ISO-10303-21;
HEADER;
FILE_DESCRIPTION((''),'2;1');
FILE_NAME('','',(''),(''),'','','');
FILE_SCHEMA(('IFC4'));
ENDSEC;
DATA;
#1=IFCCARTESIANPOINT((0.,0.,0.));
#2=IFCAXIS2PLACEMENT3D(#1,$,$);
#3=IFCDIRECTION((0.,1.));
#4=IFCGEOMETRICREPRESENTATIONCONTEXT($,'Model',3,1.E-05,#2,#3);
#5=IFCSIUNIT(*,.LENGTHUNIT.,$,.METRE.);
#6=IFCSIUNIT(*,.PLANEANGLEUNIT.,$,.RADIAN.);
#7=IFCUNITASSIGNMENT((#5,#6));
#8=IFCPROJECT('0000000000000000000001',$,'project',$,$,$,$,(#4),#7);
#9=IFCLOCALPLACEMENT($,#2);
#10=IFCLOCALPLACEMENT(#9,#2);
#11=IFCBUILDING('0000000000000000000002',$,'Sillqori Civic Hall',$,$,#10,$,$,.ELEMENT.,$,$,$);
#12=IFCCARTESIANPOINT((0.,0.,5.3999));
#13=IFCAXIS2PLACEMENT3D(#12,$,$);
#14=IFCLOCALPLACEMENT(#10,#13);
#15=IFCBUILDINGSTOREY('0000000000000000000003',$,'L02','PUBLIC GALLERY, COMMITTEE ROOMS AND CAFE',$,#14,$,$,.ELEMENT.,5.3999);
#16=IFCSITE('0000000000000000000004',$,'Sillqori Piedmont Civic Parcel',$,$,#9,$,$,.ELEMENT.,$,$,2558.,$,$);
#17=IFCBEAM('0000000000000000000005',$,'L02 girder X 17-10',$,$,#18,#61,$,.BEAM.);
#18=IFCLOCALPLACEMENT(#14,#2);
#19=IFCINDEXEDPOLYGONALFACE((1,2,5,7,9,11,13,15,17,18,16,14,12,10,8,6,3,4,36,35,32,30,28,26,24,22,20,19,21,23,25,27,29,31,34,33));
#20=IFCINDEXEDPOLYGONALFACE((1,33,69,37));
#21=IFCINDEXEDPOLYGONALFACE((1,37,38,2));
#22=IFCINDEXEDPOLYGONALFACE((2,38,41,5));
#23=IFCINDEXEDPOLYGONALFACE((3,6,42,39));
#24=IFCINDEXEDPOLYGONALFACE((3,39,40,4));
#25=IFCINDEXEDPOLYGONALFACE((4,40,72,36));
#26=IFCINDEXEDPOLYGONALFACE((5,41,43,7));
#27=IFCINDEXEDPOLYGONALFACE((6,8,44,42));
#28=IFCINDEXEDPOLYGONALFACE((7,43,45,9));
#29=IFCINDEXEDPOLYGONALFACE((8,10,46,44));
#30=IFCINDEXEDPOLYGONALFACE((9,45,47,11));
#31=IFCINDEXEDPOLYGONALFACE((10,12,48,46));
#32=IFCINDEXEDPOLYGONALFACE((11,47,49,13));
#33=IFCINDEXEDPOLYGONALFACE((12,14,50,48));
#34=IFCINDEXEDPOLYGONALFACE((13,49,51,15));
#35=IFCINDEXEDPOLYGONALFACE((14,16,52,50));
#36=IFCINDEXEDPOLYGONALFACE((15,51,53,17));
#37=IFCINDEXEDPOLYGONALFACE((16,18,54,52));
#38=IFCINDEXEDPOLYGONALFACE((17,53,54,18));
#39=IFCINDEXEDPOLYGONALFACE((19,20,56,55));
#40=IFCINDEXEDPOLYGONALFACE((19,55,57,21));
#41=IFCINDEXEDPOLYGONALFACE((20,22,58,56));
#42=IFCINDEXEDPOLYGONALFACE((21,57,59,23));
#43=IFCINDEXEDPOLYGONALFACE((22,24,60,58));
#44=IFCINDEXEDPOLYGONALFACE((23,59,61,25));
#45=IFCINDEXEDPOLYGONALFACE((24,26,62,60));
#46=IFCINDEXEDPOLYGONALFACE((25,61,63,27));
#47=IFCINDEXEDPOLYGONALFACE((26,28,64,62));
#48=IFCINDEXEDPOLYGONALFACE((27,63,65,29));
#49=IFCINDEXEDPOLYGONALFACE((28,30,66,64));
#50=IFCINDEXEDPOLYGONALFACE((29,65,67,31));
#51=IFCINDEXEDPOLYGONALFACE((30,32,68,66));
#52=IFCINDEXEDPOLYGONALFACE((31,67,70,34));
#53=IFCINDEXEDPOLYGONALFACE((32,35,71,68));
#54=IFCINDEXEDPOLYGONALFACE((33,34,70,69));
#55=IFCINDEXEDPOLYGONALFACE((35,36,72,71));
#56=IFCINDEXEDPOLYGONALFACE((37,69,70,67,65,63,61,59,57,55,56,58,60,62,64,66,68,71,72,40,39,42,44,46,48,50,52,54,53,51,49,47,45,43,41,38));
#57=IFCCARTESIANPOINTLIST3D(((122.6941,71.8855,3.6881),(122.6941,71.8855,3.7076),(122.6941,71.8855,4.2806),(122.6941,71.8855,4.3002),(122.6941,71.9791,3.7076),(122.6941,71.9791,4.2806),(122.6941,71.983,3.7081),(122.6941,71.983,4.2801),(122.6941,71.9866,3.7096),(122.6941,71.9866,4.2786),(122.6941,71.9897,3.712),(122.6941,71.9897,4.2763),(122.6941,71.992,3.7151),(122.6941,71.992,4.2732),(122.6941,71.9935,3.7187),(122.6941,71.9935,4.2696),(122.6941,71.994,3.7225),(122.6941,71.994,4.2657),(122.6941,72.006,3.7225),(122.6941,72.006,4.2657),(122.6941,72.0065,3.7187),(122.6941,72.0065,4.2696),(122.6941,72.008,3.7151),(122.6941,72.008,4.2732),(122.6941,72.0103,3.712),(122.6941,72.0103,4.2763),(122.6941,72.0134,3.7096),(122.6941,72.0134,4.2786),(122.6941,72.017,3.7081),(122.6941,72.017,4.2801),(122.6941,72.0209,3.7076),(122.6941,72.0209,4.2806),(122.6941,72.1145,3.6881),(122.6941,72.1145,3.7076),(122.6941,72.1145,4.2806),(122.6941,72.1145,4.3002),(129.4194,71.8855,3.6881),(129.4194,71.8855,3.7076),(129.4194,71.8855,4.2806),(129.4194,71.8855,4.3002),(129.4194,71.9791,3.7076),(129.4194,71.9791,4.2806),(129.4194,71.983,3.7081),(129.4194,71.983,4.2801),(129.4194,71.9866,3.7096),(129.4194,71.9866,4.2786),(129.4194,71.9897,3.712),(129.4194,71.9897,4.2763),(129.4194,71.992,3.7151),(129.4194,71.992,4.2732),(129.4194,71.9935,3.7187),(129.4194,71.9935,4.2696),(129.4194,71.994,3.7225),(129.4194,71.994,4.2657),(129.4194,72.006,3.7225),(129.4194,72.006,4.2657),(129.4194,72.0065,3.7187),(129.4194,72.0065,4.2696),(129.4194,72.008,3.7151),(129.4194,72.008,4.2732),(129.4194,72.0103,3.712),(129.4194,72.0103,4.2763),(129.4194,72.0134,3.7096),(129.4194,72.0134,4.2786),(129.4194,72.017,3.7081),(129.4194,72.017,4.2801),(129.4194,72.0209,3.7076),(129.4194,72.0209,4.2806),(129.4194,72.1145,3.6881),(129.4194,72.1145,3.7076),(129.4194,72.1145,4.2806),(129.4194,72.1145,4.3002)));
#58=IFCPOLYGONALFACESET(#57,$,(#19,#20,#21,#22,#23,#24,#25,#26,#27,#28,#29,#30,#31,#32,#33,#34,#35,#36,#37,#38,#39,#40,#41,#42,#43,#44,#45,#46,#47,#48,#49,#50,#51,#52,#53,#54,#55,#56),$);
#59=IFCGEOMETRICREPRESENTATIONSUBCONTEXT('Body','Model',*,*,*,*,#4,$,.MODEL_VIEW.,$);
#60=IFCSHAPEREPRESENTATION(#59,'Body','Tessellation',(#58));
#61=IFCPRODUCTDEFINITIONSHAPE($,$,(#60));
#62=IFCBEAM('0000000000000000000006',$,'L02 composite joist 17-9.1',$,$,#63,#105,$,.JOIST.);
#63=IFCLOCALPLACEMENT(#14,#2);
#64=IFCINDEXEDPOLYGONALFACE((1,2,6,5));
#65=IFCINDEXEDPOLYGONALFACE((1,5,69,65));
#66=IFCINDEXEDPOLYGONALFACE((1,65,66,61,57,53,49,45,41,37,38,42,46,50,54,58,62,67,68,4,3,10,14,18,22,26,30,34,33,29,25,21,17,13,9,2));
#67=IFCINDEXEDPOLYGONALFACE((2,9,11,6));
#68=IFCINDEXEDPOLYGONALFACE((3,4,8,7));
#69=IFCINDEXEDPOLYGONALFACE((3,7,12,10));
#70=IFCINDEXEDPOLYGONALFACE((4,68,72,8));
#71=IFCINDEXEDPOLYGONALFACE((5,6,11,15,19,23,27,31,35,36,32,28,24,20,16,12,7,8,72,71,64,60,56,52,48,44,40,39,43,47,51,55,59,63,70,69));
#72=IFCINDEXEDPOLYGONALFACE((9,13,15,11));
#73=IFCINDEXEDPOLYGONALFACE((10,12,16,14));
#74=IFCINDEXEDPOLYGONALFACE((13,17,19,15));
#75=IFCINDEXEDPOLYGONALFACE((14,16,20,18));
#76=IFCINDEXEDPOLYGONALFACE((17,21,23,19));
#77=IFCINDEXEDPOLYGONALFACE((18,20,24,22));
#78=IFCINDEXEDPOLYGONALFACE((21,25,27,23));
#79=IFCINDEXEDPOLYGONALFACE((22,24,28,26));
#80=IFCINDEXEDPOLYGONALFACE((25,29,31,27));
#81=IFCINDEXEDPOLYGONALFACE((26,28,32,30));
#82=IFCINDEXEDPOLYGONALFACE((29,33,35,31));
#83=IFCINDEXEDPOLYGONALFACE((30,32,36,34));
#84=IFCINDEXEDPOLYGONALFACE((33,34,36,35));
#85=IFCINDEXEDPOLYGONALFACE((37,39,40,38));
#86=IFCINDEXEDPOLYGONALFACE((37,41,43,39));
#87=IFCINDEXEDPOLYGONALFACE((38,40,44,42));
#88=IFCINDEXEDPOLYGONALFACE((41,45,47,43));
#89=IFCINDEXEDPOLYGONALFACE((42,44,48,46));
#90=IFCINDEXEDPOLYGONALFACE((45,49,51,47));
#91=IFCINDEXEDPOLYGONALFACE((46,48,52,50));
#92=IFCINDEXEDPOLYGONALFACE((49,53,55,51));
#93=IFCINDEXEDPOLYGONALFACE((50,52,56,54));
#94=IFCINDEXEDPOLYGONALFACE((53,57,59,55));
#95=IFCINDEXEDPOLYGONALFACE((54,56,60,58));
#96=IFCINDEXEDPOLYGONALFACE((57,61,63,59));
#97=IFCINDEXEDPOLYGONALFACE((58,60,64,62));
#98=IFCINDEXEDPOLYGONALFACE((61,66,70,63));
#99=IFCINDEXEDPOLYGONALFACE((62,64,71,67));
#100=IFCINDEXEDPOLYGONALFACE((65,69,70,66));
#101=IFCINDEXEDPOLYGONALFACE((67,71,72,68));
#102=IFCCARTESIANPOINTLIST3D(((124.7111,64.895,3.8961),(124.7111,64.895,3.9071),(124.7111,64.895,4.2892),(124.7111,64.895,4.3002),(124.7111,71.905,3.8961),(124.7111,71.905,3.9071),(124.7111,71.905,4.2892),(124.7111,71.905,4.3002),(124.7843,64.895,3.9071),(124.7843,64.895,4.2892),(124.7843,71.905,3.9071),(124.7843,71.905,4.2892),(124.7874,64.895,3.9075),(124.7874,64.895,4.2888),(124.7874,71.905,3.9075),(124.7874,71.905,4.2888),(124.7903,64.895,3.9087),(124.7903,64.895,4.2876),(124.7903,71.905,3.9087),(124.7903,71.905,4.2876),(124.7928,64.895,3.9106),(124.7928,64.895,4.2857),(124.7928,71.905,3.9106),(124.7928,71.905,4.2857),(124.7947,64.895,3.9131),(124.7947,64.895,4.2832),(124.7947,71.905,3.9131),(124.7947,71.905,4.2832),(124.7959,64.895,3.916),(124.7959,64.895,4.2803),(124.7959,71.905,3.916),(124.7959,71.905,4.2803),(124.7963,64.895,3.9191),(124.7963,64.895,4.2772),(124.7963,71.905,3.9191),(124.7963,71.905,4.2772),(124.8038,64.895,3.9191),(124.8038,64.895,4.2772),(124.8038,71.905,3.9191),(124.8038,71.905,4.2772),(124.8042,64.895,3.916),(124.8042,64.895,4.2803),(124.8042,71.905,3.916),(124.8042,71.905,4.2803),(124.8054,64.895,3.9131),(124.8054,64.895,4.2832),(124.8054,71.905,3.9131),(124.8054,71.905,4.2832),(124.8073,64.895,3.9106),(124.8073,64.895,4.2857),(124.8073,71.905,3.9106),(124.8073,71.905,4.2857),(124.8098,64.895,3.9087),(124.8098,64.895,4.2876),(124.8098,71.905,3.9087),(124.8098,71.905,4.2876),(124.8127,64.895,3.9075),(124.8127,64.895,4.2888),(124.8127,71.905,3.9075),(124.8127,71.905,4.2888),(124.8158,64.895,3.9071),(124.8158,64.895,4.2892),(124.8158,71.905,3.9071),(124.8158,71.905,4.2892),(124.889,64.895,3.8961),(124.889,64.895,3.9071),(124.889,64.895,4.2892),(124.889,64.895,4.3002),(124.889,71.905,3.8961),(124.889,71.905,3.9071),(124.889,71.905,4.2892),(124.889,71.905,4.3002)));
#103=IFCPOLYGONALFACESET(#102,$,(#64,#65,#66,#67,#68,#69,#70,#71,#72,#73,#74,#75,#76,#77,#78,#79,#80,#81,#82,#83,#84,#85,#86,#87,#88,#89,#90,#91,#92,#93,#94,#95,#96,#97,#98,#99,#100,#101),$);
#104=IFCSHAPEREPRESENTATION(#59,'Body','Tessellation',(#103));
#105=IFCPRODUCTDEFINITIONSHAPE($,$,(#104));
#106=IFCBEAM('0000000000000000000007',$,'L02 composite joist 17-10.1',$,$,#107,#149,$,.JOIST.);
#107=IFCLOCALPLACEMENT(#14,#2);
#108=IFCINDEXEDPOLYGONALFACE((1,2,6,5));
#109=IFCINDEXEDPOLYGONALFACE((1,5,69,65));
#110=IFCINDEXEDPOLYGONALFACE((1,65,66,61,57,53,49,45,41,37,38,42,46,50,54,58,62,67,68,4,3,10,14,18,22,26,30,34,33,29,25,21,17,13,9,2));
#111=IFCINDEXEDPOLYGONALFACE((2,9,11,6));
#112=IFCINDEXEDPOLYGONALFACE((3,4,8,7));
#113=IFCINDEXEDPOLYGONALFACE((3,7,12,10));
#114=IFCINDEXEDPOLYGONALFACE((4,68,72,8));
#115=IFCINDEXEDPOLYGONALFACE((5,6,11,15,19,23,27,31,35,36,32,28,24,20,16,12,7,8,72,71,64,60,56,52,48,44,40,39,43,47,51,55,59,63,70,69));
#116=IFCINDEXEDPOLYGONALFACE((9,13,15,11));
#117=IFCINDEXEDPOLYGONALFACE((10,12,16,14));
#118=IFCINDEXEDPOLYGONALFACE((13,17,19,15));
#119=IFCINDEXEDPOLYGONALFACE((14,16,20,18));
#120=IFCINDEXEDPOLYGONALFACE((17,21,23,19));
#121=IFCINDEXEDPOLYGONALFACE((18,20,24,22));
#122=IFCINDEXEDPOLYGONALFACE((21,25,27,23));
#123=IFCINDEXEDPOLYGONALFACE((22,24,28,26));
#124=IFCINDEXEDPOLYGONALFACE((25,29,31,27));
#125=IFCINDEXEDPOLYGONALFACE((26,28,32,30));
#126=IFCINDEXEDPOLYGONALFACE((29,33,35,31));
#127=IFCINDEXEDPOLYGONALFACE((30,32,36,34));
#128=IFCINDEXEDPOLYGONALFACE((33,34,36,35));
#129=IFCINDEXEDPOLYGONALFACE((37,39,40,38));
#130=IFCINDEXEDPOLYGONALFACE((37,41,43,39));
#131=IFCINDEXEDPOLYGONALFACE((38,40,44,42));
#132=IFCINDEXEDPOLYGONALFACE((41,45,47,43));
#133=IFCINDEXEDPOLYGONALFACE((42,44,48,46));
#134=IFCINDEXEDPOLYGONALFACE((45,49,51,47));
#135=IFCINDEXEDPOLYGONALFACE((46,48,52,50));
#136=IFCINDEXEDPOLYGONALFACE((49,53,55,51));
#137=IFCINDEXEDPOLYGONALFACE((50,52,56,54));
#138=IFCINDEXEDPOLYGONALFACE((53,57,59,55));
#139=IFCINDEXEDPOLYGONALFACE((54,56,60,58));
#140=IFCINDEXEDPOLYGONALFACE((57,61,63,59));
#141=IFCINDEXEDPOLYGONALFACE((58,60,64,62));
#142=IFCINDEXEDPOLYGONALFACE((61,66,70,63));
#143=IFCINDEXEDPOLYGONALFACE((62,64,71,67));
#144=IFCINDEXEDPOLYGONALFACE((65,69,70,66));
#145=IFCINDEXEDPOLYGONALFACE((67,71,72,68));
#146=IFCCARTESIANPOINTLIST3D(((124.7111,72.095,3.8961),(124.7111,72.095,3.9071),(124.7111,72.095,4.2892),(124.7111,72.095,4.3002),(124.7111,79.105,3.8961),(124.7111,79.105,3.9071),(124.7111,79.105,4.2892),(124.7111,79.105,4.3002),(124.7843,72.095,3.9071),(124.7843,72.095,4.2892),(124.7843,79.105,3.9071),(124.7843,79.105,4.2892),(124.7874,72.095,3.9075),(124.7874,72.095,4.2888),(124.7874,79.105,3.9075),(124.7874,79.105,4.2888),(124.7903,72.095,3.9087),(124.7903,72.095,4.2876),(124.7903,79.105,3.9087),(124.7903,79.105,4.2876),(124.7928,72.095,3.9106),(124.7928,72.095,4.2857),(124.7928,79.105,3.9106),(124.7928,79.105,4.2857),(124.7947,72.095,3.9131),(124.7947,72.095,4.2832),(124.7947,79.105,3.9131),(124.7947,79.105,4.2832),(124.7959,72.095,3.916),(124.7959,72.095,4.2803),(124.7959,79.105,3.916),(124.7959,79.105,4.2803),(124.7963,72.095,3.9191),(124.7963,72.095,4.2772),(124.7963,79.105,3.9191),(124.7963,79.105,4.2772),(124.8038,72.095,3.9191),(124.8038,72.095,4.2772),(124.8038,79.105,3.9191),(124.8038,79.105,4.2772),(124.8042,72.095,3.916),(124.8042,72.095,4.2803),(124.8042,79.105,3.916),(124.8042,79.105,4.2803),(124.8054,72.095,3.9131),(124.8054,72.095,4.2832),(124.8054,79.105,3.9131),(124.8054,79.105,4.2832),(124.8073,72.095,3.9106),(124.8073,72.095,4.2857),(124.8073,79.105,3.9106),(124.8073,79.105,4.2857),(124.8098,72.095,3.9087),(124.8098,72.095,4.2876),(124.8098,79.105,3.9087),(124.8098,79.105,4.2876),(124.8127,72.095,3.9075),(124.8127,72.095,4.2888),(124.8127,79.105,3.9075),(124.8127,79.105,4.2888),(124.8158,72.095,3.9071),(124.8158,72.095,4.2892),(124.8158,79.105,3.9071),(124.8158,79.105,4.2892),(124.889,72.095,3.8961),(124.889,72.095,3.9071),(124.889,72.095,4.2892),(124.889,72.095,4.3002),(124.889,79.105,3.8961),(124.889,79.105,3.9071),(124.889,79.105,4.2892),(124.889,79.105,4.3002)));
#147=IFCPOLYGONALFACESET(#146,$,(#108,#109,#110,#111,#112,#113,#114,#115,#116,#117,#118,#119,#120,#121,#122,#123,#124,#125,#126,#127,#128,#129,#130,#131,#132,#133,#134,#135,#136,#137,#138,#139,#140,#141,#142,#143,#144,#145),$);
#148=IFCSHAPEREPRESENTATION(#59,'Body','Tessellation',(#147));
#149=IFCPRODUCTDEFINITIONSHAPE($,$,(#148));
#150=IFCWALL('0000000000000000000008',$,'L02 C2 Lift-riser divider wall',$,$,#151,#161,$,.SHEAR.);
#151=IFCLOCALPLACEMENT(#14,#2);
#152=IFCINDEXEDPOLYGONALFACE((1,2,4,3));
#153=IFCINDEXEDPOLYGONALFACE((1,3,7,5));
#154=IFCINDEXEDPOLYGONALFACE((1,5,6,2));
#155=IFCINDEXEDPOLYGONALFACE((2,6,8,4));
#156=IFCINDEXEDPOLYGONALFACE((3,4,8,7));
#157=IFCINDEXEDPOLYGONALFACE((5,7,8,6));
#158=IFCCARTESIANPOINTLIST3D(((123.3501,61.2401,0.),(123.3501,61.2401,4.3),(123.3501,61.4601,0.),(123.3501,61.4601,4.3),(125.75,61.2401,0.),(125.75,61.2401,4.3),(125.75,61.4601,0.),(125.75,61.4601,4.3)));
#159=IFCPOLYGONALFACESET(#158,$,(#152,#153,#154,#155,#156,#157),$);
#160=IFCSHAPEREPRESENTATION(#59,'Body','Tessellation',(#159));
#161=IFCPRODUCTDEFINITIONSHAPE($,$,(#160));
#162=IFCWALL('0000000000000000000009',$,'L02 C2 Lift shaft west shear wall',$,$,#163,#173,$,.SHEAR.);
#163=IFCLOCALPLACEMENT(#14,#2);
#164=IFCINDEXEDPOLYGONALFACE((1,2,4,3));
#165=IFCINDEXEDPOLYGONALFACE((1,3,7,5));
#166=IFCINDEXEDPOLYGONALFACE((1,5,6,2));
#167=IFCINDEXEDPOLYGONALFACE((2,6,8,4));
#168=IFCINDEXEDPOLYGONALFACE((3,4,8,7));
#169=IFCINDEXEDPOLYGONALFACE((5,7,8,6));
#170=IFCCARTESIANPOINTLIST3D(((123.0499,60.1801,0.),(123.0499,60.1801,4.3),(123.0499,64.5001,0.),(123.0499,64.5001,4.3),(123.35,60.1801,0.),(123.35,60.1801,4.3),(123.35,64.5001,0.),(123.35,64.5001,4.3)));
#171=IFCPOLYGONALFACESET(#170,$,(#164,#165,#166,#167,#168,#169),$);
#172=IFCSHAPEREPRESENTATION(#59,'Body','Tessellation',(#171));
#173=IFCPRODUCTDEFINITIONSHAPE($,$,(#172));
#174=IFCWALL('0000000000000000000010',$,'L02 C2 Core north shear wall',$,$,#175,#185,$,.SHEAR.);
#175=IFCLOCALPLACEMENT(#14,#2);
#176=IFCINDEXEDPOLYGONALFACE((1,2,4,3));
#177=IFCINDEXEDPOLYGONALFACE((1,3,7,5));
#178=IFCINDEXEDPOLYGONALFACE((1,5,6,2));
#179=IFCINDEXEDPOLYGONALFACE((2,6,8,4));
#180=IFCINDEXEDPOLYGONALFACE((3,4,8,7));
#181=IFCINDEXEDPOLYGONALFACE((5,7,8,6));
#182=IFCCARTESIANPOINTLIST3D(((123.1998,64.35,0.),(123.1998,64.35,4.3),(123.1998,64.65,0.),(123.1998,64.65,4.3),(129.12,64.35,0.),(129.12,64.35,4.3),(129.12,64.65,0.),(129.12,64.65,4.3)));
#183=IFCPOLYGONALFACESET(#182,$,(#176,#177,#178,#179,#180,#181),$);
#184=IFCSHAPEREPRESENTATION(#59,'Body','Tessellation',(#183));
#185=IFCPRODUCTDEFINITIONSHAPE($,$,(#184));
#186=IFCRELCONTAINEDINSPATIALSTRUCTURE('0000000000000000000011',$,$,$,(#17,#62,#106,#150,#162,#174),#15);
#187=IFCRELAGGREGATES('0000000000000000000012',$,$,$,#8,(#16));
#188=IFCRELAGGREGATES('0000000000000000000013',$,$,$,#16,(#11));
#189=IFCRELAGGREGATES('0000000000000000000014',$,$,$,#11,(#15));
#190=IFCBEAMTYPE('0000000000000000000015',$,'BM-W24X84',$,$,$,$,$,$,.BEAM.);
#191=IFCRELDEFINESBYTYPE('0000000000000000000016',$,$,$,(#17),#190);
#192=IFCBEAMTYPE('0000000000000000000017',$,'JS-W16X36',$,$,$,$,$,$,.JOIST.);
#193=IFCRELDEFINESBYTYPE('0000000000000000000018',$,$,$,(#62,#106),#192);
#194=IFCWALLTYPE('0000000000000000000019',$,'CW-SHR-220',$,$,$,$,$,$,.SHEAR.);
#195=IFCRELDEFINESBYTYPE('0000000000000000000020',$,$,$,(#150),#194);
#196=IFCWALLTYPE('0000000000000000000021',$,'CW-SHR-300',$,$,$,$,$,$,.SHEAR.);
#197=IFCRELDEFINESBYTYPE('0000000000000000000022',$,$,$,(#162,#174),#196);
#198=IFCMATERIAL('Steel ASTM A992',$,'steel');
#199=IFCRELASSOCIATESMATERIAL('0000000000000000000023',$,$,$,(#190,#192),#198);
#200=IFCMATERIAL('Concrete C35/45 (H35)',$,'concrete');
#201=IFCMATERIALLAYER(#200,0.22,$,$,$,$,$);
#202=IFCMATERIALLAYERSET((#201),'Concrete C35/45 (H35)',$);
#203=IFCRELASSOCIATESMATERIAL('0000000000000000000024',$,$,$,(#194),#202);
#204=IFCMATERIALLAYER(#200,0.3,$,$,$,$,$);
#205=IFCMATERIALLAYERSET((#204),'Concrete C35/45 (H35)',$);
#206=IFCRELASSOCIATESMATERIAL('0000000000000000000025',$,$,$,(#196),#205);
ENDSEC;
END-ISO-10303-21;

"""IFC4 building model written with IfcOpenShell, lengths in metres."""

from ifc_helpers import new_model, si_unit, direction, frame, frame_2d, origin, origin_2d, place, context, subcontext, project, spatial, rectangle, i_section, extrude, material, layer, layer_set, material_profile, profile_set, type_object, element, save


model = new_model("IFC4")

# Units and contexts
model_context = context("Model", 3, precision=1e-05, world=origin(), true_north=direction((0.0, 1.0)))
body_context = subcontext(model_context, "Body", "Model", "MODEL_VIEW")
ifc_project = project(units=[si_unit("LENGTHUNIT", "METRE"), si_unit("PLANEANGLEUNIT", "RADIAN")], contexts=[model_context])

# Site, building, storey
site_placement = place(None, origin())
site = spatial("IfcSite", under=ifc_project, at=site_placement, Name="Sillqori Piedmont Civic Parcel", CompositionType="ELEMENT", RefElevation=2558.0)
building_placement = place(site_placement, origin())
building = spatial("IfcBuilding", under=site, at=building_placement, Name="Sillqori Civic Hall", CompositionType="ELEMENT")
storey_placement = place(building_placement, frame((0.0, 0.0, 5.3999)))
storey = spatial("IfcBuildingStorey", under=building, at=storey_placement, Name="L02", Description="PUBLIC GALLERY, COMMITTEE ROOMS AND CAFE", CompositionType="ELEMENT", Elevation=5.3999)

# Shared definitions
ifc_material_1 = material(Name="Concrete C35/45 (H35)", Category="concrete")

# Beams
ifc_material_2 = material(Name="Steel ASTM A992", Category="steel")
ifc_material_profile_1 = material_profile(ifc_material_2, i_section(OverallWidth=0.229, OverallDepth=0.6121, WebThickness=0.012, FlangeThickness=0.0195, FilletRadius=0.0149, at=origin_2d()), Name="W24X84")
ifc_profile_set_1 = profile_set([ifc_material_profile_1], Name="Steel ASTM A992")
beam_type_1 = type_object("IfcBeamType", Name="BM-W24X84", PredefinedType="BEAM", material=ifc_profile_set_1)
for number, where, z_axis, x_axis, name in (
    (1, (122.6941, 72.0, 3.9941), (1.0, 0.0, 0.0), (0.0, 1.0, 0.0), "L02 girder X 17-10"),
):
    element("IfcBeam", number, at=place(storey_placement, frame(where, z_axis=z_axis, x_axis=x_axis)), inside=storey, type_object=beam_type_1, Name=name, PredefinedType="BEAM", context=body_context, shape_type="SweptSolid", body=[
        extrude(i_section(OverallWidth=0.229, OverallDepth=0.6121, WebThickness=0.012, FlangeThickness=0.0195, FilletRadius=0.0149, at=origin_2d()), origin(), (0.0, 0.0, 1.0), 6.7253),
    ])
ifc_material_profile_2 = material_profile(ifc_material_2, i_section(OverallWidth=0.178, OverallDepth=0.4041, WebThickness=0.0076, FlangeThickness=0.011, FilletRadius=0.012, at=origin_2d()), Name="W16X36")
ifc_profile_set_2 = profile_set([ifc_material_profile_2], Name="Steel ASTM A992")
beam_type_2 = type_object("IfcBeamType", Name="JS-W16X36", PredefinedType="JOIST", material=ifc_profile_set_2)
for number, where, z_axis, x_axis, name in (
    (2, (124.8, 64.895, 4.0981), (0.0, 1.0, 0.0), (-1.0, 0.0, 0.0), "L02 composite joist 17-9.1"),
    (3, (124.8, 72.095, 4.0981), (0.0, 1.0, 0.0), (-1.0, 0.0, 0.0), "L02 composite joist 17-10.1"),
):
    element("IfcBeam", number, at=place(storey_placement, frame(where, z_axis=z_axis, x_axis=x_axis)), inside=storey, type_object=beam_type_2, Name=name, PredefinedType="JOIST", context=body_context, shape_type="SweptSolid", body=[
        extrude(i_section(OverallWidth=0.178, OverallDepth=0.4041, WebThickness=0.0076, FlangeThickness=0.011, FilletRadius=0.012, at=origin_2d()), origin(), (0.0, 0.0, 1.0), 7.01),
    ])

# Wall
ifc_layer_1 = layer(ifc_material_1, 0.22)
ifc_layer_set_1 = layer_set([ifc_layer_1], Name="Concrete C35/45 (H35)")
wall_type_1 = type_object("IfcWallType", Name="CW-SHR-220", PredefinedType="SHEAR", material=ifc_layer_set_1)
wall_1_placement = place(storey_placement, frame((123.3501, 61.3501, 0.0), z_axis=(0.0, 0.0, 1.0), x_axis=(1.0, 0.0, 0.0)))
element("IfcWall", 4, at=wall_1_placement, inside=storey, type_object=wall_type_1, Name="L02 C2 Lift-riser divider wall", PredefinedType="SHEAR", context=body_context, shape_type="SweptSolid", body=[
    extrude(rectangle(XDim=2.3999, YDim=0.22, at=frame_2d((1.2, 0.0))), origin(), (0.0, 0.0, 1.0), 4.3),
])

# Walls
ifc_layer_2 = layer(ifc_material_1, 0.3)
ifc_layer_set_2 = layer_set([ifc_layer_2], Name="Concrete C35/45 (H35)")
wall_type_2 = type_object("IfcWallType", Name="CW-SHR-300", PredefinedType="SHEAR", material=ifc_layer_set_2)
wall_2_placement = place(storey_placement, frame((123.2, 60.1799, 0.0), z_axis=(0.0, 0.0, 1.0), x_axis=(0.0, 1.0, 0.0)))
element("IfcWall", 5, at=wall_2_placement, inside=storey, type_object=wall_type_2, Name="L02 C2 Lift shaft west shear wall", PredefinedType="SHEAR", context=body_context, shape_type="SweptSolid", body=[
    extrude(rectangle(XDim=4.3201, YDim=0.3, at=frame_2d((2.1602, 0.0))), origin(), (0.0, 0.0, 1.0), 4.3),
])
wall_3_placement = place(storey_placement, frame((123.2, 64.5, 0.0), z_axis=(0.0, 0.0, 1.0), x_axis=(1.0, 0.0, 0.0)))
element("IfcWall", 6, at=wall_3_placement, inside=storey, type_object=wall_type_2, Name="L02 C2 Core north shear wall", PredefinedType="SHEAR", context=body_context, shape_type="SweptSolid", body=[
    extrude(rectangle(XDim=5.9202, YDim=0.3, at=frame_2d((2.96, 0.0))), origin(), (0.0, 0.0, 1.0), 4.3),
])

save(model, "model.ifc")
